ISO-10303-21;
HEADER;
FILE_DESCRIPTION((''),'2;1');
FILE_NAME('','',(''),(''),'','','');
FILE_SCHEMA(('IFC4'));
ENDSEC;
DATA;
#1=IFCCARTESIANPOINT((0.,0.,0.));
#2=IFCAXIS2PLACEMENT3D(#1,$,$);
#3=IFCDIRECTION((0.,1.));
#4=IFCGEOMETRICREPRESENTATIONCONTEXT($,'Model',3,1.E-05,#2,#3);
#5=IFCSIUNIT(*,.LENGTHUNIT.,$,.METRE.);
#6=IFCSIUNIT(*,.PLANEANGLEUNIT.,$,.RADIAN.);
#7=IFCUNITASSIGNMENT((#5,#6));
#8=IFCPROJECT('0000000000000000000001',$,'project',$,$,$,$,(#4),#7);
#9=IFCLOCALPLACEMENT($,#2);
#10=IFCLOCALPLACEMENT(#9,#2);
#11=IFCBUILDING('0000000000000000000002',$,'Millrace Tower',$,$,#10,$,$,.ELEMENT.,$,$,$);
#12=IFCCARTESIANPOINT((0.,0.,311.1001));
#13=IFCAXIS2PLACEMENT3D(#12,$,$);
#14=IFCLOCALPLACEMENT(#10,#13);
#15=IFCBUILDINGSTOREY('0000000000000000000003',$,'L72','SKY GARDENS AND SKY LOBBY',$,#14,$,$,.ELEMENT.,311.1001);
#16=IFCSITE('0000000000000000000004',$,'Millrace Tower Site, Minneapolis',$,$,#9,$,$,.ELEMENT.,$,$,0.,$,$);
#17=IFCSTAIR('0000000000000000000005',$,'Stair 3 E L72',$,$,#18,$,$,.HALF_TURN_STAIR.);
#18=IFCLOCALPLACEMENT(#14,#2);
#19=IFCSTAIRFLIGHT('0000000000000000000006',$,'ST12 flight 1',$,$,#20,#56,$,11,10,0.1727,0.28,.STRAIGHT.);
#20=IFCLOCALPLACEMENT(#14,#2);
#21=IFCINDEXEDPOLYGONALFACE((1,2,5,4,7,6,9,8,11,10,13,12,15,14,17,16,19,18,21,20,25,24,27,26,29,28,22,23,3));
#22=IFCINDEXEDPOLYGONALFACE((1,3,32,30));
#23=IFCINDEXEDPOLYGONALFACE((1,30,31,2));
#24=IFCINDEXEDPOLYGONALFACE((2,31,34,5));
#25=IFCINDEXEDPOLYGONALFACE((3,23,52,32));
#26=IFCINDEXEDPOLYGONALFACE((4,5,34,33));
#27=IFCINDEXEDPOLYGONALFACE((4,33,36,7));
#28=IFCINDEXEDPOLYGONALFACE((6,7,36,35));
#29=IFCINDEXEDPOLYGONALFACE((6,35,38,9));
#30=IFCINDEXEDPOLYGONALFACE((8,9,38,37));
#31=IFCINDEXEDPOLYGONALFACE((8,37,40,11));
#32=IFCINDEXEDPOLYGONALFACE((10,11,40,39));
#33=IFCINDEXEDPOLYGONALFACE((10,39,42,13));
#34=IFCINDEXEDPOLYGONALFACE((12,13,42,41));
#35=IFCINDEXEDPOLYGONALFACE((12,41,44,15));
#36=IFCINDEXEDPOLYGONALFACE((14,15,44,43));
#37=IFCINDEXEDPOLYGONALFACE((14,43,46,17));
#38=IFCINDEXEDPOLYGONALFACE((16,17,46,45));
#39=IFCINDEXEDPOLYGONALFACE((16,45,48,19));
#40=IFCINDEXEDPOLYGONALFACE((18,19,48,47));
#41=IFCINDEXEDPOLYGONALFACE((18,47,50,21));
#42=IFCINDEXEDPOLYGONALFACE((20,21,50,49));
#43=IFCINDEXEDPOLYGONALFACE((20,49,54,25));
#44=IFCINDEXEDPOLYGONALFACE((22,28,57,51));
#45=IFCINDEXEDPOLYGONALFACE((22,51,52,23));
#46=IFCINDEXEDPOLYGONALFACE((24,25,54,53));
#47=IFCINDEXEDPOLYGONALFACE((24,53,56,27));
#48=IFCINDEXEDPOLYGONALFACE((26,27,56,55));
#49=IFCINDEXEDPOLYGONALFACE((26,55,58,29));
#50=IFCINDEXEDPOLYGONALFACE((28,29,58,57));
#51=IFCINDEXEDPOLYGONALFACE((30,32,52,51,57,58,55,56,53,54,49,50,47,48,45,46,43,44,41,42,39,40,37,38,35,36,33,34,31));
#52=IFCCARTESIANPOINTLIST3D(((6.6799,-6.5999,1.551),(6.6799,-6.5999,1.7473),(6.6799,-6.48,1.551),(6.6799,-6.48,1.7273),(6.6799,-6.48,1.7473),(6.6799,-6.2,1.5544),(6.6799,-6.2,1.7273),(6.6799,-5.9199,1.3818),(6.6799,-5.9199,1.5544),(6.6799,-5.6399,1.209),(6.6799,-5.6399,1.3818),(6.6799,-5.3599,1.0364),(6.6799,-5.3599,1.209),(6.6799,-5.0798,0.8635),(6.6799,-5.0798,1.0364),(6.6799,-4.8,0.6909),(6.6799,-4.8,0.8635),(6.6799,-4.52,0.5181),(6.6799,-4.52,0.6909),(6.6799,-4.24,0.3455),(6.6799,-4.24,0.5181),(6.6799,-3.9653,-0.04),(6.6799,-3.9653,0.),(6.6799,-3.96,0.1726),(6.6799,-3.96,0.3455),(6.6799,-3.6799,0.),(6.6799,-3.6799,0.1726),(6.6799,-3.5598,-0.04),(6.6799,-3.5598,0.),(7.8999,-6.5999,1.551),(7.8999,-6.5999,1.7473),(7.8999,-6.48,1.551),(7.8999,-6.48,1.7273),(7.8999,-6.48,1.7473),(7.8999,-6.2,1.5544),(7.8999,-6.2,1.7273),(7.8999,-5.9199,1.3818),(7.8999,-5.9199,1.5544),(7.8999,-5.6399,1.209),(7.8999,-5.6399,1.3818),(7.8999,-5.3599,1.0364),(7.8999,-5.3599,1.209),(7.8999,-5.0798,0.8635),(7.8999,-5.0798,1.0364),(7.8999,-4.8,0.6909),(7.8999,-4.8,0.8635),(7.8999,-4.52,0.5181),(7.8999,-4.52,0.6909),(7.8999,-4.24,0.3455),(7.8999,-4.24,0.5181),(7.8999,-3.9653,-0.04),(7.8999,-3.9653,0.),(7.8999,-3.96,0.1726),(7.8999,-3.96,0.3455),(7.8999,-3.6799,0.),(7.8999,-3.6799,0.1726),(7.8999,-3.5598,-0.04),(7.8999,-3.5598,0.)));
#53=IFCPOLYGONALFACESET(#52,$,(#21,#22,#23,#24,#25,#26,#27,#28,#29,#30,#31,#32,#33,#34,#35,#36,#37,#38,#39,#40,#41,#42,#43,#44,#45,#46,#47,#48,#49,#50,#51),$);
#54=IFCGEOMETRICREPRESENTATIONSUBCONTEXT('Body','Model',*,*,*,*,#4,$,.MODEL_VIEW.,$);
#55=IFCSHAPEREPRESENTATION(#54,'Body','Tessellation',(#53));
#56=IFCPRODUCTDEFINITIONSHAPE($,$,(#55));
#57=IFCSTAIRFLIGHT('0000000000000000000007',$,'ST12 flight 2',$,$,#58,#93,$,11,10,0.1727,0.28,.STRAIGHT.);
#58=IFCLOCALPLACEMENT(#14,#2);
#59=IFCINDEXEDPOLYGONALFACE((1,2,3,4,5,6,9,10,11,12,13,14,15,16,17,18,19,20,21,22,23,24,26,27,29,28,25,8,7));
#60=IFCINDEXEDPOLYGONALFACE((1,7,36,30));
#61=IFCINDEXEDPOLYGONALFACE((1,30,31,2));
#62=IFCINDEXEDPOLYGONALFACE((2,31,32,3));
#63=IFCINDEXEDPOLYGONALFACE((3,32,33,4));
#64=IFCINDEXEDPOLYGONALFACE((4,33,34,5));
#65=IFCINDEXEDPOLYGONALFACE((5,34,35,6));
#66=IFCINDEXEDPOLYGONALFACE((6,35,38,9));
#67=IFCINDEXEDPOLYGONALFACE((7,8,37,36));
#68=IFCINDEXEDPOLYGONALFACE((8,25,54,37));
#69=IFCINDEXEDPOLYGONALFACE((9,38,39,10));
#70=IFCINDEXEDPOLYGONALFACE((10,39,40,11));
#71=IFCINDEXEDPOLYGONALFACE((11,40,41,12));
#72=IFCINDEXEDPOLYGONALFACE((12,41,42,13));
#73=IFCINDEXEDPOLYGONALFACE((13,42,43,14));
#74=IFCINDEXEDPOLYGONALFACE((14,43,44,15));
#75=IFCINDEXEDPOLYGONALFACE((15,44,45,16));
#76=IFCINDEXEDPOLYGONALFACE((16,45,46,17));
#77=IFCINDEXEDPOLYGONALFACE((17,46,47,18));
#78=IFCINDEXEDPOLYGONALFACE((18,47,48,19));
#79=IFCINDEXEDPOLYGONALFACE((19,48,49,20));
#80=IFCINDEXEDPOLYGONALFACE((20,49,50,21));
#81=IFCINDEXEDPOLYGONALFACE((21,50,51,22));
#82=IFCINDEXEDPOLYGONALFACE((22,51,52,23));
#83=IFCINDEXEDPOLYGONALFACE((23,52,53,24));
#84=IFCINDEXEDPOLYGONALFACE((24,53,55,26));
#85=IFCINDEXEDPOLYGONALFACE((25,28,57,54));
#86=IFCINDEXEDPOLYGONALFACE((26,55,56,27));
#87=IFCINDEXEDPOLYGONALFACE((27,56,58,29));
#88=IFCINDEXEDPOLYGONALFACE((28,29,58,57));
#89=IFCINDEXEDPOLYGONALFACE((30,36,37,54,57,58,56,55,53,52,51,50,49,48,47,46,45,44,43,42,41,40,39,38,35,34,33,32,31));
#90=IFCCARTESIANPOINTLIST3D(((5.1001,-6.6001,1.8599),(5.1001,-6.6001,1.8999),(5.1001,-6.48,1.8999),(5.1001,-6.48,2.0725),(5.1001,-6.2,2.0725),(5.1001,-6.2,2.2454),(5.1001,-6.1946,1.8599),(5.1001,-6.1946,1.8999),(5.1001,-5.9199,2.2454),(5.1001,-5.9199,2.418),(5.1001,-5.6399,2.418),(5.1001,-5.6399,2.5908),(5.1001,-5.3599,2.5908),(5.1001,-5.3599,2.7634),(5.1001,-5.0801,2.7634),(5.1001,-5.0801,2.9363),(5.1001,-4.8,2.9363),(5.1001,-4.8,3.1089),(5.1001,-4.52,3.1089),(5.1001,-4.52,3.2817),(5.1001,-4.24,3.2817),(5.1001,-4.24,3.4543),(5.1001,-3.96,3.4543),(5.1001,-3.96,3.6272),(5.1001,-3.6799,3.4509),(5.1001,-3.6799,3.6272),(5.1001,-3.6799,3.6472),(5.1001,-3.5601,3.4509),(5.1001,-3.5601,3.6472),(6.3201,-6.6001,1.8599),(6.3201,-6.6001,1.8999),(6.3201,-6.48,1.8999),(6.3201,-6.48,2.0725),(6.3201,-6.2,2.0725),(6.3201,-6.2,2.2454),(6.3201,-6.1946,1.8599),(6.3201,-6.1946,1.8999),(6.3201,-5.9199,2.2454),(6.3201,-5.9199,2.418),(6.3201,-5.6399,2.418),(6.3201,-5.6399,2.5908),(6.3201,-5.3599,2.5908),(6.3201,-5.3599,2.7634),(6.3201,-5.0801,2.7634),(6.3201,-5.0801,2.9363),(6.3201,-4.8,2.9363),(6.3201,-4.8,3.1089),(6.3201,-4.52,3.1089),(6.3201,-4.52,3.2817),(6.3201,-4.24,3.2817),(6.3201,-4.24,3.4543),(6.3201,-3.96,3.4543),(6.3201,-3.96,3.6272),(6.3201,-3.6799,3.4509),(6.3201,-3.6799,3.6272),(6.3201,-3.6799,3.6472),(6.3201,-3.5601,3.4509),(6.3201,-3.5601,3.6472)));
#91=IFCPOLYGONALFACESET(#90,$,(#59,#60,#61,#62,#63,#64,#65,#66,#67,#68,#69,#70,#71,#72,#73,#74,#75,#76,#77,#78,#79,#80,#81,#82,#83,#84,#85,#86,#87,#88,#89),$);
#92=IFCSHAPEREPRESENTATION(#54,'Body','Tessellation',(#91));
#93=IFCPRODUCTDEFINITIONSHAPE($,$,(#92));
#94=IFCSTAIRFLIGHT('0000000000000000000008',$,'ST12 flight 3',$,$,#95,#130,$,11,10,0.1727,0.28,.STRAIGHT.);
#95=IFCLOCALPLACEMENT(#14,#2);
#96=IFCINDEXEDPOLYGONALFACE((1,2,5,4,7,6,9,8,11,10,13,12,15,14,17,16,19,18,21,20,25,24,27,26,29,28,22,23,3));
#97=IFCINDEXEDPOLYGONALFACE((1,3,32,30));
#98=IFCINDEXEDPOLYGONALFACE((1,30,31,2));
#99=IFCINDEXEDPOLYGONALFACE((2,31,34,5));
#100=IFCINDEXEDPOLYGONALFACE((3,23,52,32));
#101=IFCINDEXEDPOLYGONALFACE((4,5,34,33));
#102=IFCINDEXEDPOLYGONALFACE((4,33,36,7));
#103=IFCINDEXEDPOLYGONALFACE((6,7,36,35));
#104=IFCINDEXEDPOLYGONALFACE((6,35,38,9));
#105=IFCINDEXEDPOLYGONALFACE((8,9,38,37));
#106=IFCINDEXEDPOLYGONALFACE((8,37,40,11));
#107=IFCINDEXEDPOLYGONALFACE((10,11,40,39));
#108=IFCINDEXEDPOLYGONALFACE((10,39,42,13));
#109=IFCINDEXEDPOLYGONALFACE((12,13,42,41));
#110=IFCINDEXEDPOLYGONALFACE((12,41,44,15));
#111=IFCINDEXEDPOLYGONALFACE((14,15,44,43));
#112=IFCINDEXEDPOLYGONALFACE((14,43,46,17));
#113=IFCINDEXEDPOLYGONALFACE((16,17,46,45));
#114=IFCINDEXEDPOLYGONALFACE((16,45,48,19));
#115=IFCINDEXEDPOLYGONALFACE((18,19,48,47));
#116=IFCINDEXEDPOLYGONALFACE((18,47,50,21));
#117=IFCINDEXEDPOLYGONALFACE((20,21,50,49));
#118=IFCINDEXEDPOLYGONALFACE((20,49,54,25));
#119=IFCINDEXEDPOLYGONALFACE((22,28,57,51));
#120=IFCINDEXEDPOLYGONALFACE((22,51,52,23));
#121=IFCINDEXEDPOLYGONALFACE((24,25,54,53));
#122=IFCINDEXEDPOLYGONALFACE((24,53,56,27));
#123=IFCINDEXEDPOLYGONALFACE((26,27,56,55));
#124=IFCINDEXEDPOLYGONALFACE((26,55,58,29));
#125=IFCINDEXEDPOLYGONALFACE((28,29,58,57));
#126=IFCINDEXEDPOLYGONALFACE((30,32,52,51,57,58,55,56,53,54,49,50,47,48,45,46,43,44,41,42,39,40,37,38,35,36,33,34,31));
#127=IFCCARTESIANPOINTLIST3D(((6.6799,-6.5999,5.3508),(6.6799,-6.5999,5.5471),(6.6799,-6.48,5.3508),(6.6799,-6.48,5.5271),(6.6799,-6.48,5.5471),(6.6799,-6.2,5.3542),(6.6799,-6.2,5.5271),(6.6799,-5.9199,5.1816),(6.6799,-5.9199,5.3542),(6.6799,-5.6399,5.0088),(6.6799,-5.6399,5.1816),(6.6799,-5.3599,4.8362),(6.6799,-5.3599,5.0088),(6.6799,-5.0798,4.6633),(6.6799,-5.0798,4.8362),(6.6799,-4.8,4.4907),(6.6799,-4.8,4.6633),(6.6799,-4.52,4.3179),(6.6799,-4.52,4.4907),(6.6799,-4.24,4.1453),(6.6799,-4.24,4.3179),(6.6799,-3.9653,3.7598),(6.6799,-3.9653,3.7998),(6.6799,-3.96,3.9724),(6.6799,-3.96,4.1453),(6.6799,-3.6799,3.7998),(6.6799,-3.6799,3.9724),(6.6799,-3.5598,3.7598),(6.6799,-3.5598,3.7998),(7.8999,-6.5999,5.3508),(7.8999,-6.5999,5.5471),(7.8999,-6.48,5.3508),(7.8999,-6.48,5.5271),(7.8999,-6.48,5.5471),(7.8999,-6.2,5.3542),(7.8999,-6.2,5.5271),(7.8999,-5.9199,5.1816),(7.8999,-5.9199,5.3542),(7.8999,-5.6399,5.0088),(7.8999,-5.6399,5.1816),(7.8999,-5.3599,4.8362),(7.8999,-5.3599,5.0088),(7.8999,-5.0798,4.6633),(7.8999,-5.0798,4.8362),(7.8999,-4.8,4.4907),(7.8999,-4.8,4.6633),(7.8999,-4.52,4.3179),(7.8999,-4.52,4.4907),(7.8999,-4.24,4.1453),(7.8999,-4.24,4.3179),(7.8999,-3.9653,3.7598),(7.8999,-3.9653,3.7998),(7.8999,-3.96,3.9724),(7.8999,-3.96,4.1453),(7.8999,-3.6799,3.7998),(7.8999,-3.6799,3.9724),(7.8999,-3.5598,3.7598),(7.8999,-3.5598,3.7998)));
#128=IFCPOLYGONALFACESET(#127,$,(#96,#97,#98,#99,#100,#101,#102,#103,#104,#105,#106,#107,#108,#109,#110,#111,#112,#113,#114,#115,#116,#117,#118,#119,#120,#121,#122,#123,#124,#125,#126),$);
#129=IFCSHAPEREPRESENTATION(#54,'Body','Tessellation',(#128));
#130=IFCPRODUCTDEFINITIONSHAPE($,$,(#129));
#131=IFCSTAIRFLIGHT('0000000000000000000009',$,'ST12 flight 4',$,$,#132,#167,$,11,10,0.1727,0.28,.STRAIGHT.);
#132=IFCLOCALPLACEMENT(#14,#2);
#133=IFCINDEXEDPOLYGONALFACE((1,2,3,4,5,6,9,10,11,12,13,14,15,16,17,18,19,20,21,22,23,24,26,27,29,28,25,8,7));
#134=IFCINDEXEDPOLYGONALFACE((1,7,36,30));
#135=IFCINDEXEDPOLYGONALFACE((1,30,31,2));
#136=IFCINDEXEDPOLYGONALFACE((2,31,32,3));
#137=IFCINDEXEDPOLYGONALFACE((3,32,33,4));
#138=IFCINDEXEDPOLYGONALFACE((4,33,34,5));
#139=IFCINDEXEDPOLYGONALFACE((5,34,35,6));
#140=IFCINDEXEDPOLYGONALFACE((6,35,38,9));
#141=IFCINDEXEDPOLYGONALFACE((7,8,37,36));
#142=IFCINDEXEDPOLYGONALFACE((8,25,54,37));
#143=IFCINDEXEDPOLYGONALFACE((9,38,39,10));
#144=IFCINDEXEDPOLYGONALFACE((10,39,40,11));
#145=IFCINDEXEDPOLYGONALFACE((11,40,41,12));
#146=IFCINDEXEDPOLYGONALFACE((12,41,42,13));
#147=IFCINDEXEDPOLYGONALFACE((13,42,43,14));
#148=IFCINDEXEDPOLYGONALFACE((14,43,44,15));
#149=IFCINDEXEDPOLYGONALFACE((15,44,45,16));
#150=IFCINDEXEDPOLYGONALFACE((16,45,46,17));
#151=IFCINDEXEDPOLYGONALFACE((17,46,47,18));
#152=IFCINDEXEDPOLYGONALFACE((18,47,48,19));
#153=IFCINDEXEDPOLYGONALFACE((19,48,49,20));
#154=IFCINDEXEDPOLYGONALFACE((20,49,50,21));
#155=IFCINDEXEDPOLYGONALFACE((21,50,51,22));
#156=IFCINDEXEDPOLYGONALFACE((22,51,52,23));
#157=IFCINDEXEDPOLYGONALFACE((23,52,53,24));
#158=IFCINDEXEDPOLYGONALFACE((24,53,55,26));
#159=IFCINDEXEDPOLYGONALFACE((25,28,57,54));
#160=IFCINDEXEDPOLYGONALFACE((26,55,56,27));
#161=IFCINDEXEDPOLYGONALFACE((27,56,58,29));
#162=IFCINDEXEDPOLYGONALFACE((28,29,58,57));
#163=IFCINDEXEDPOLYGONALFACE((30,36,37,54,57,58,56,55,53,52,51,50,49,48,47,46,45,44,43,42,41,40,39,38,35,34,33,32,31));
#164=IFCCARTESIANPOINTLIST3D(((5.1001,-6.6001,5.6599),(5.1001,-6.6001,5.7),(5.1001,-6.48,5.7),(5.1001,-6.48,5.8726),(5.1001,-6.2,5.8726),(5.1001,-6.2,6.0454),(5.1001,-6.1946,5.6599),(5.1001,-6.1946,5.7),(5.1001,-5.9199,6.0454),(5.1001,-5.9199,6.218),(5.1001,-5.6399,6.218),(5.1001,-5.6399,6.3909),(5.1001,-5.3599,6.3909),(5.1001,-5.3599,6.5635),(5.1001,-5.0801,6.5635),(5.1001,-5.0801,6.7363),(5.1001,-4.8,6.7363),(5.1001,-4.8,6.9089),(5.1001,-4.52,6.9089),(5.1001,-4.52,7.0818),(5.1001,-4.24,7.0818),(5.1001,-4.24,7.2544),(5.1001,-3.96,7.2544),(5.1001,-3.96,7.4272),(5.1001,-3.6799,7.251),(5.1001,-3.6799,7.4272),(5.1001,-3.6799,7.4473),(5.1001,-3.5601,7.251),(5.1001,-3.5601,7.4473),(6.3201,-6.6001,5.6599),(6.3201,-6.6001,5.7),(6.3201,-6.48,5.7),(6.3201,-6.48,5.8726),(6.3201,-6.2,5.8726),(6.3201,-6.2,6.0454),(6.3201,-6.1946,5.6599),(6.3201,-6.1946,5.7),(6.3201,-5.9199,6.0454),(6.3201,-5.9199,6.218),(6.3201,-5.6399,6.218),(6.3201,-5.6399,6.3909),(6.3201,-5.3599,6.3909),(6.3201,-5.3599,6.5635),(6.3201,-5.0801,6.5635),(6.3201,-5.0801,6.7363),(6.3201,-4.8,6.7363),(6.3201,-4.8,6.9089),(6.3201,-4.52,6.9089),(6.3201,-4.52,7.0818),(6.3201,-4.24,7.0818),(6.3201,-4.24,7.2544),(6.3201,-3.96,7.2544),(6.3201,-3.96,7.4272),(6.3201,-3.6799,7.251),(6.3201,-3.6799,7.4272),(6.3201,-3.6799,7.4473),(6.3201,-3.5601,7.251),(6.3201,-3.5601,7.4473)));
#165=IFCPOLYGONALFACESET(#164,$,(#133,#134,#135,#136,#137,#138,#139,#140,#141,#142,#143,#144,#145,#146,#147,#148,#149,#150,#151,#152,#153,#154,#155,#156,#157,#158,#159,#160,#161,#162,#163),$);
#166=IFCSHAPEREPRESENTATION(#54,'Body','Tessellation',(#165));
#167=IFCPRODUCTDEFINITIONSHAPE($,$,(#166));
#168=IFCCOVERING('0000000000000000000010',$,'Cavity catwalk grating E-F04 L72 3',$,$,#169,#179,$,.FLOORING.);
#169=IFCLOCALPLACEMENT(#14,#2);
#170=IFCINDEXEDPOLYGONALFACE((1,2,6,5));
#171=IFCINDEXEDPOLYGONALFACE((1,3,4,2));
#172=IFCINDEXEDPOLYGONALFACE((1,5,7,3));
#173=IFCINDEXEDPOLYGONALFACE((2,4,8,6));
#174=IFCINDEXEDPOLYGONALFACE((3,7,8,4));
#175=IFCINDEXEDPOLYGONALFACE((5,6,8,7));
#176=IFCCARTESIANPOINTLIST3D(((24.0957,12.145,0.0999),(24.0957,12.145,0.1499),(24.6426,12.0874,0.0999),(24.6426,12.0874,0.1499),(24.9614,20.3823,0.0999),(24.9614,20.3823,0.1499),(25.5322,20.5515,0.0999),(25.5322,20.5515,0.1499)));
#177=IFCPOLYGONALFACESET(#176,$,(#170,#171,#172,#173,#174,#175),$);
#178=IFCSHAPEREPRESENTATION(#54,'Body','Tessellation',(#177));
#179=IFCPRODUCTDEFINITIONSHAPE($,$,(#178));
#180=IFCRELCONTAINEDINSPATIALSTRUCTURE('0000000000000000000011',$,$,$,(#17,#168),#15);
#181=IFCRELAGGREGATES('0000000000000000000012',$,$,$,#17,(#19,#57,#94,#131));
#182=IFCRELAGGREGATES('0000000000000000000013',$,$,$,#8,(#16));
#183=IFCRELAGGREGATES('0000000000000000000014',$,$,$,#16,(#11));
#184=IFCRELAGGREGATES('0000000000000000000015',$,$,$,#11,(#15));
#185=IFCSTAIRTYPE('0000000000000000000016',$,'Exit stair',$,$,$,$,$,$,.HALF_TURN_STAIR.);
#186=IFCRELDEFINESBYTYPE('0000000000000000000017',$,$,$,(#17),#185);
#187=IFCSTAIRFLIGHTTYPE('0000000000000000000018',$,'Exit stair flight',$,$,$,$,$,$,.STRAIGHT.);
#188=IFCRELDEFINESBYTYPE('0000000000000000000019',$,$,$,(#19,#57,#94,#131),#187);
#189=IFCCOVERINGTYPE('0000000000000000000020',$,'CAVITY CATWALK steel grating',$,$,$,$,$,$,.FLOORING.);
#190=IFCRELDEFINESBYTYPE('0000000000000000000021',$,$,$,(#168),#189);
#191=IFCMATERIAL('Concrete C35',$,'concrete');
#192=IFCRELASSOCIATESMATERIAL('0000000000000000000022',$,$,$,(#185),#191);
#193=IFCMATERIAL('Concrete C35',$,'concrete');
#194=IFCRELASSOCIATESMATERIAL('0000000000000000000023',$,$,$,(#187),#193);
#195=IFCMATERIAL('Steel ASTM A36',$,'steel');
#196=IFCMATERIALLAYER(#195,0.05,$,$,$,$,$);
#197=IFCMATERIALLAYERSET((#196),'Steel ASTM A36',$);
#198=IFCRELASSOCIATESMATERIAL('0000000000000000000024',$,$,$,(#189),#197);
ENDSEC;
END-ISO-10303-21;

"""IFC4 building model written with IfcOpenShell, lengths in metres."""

from ifc_helpers import new_model, si_unit, direction, frame, origin, place, context, subcontext, project, spatial, polyline, outline, extrude, material, layer, layer_set, type_object, element, aggregate, save


model = new_model("IFC4")

# Units and contexts
model_context = context("Model", 3, precision=1e-05, world=origin(), true_north=direction((0.0, 1.0)))
body_context = subcontext(model_context, "Body", "Model", "MODEL_VIEW")
ifc_project = project(units=[si_unit("LENGTHUNIT", "METRE"), si_unit("PLANEANGLEUNIT", "RADIAN")], contexts=[model_context])

# Site, building, storey
site_placement = place(None, origin())
site = spatial("IfcSite", under=ifc_project, at=site_placement, Name="Millrace Tower Site, Minneapolis", CompositionType="ELEMENT", RefElevation=0.0)
building_placement = place(site_placement, origin())
building = spatial("IfcBuilding", under=site, at=building_placement, Name="Millrace Tower", CompositionType="ELEMENT")
storey_placement = place(building_placement, frame((0.0, 0.0, 311.1001)))
storey = spatial("IfcBuildingStorey", under=building, at=storey_placement, Name="L72", Description="SKY GARDENS AND SKY LOBBY", CompositionType="ELEMENT", Elevation=311.1001)

# Shared definitions
placement_1 = place(storey_placement, origin())

# Stair, stair flights
ifc_material_1 = material(Name="Concrete C35", Category="concrete")
stair_type = type_object("IfcStairType", Name="Exit stair", PredefinedType="HALF_TURN_STAIR", material=ifc_material_1)
ifc_material_2 = material(Name="Concrete C35", Category="concrete")
stair_flight_type = type_object("IfcStairFlightType", Name="Exit stair flight", PredefinedType="STRAIGHT", material=ifc_material_2)
stair_1 = element("IfcStair", 1, at=placement_1, inside=storey, type_object=stair_type, Name="Stair 3 E L72", PredefinedType="HALF_TURN_STAIR")
stair_flight_1_placement = place(storey_placement, frame((7.29, -3.6799, 0.0), z_axis=(0.0, 0.0, 1.0), x_axis=(0.0, -1.0, 0.0)))
stair_flight_1 = element("IfcStairFlight", 2, at=stair_flight_1_placement, type_object=stair_flight_type, Name="ST12 flight 1", NumberOfRisers=11, NumberOfTreads=10, PredefinedType="STRAIGHT", RiserHeight=0.1727, TreadLength=0.28, context=body_context, shape_type="SweptSolid", body=[
    extrude(outline(polyline([(-0.1201, -0.04), (-0.1201, 0.0), (0.0, 0.0), (0.0, 0.1726), (0.28, 0.1726), (0.28, 0.3455), (0.5601, 0.3455), (0.5601, 0.5181), (0.8401, 0.5181), (0.8401, 0.6909), (1.1201, 0.6909), (1.1201, 0.8635), (1.3999, 0.8635), (1.3999, 1.0364), (1.6799, 1.0364), (1.6799, 1.209), (1.96, 1.209), (1.96, 1.3818), (2.24, 1.3818), (2.24, 1.5544), (2.52, 1.5544), (2.52, 1.7273), (2.8, 1.7273), (2.8, 1.7473), (2.9199, 1.7473), (2.9199, 1.551), (2.8, 1.551), (0.2854, 0.0), (0.2854, -0.04), (-0.1201, -0.04)])), frame((0.0, 0.6099, 0.0), z_axis=(0.0, -1.0, 0.0), x_axis=(1.0, 0.0, 0.0)), (0.0, 0.0, 1.0), 1.22),
])
stair_flight_2_placement = place(storey_placement, frame((5.71, -6.48, 1.8999), z_axis=(0.0, 0.0, 1.0), x_axis=(0.0, 1.0, 0.0)))
stair_flight_2 = element("IfcStairFlight", 3, at=stair_flight_2_placement, type_object=stair_flight_type, Name="ST12 flight 2", NumberOfRisers=11, NumberOfTreads=10, PredefinedType="STRAIGHT", RiserHeight=0.1727, TreadLength=0.28, context=body_context, shape_type="SweptSolid", body=[
    extrude(outline(polyline([(-0.1201, -0.04), (-0.1201, 0.0), (0.0, 0.0), (0.0, 0.1726), (0.28, 0.1726), (0.28, 0.3455), (0.5601, 0.3455), (0.5601, 0.5181), (0.8401, 0.5181), (0.8401, 0.6909), (1.1201, 0.6909), (1.1201, 0.8635), (1.3999, 0.8635), (1.3999, 1.0364), (1.6799, 1.0364), (1.6799, 1.209), (1.96, 1.209), (1.96, 1.3818), (2.24, 1.3818), (2.24, 1.5544), (2.52, 1.5544), (2.52, 1.7273), (2.8, 1.7273), (2.8, 1.7473), (2.9199, 1.7473), (2.9199, 1.551), (2.8, 1.551), (0.2854, 0.0), (0.2854, -0.04), (-0.1201, -0.04)])), frame((0.0, 0.6099, 0.0), z_axis=(0.0, -1.0, 0.0), x_axis=(1.0, 0.0, 0.0)), (0.0, 0.0, 1.0), 1.22),
])
stair_flight_3_placement = place(storey_placement, frame((7.29, -3.6799, 3.7998), z_axis=(0.0, 0.0, 1.0), x_axis=(0.0, -1.0, 0.0)))
stair_flight_3 = element("IfcStairFlight", 4, at=stair_flight_3_placement, type_object=stair_flight_type, Name="ST12 flight 3", NumberOfRisers=11, NumberOfTreads=10, PredefinedType="STRAIGHT", RiserHeight=0.1727, TreadLength=0.28, context=body_context, shape_type="SweptSolid", body=[
    extrude(outline(polyline([(-0.1201, -0.04), (-0.1201, 0.0), (0.0, 0.0), (0.0, 0.1726), (0.28, 0.1726), (0.28, 0.3455), (0.5601, 0.3455), (0.5601, 0.5181), (0.8401, 0.5181), (0.8401, 0.6909), (1.1201, 0.6909), (1.1201, 0.8635), (1.3999, 0.8635), (1.3999, 1.0364), (1.6799, 1.0364), (1.6799, 1.209), (1.96, 1.209), (1.96, 1.3818), (2.24, 1.3818), (2.24, 1.5544), (2.52, 1.5544), (2.52, 1.7273), (2.8, 1.7273), (2.8, 1.7473), (2.9199, 1.7473), (2.9199, 1.551), (2.8, 1.551), (0.2854, 0.0), (0.2854, -0.04), (-0.1201, -0.04)])), frame((0.0, 0.6099, 0.0), z_axis=(0.0, -1.0, 0.0), x_axis=(1.0, 0.0, 0.0)), (0.0, 0.0, 1.0), 1.22),
])
stair_flight_4_placement = place(storey_placement, frame((5.71, -6.48, 5.7), z_axis=(0.0, 0.0, 1.0), x_axis=(0.0, 1.0, 0.0)))
stair_flight_4 = element("IfcStairFlight", 5, at=stair_flight_4_placement, type_object=stair_flight_type, Name="ST12 flight 4", NumberOfRisers=11, NumberOfTreads=10, PredefinedType="STRAIGHT", RiserHeight=0.1727, TreadLength=0.28, context=body_context, shape_type="SweptSolid", body=[
    extrude(outline(polyline([(-0.1201, -0.04), (-0.1201, 0.0), (0.0, 0.0), (0.0, 0.1726), (0.28, 0.1726), (0.28, 0.3455), (0.5601, 0.3455), (0.5601, 0.5181), (0.8401, 0.5181), (0.8401, 0.6909), (1.1201, 0.6909), (1.1201, 0.8635), (1.3999, 0.8635), (1.3999, 1.0364), (1.6799, 1.0364), (1.6799, 1.209), (1.96, 1.209), (1.96, 1.3818), (2.24, 1.3818), (2.24, 1.5544), (2.52, 1.5544), (2.52, 1.7273), (2.8, 1.7273), (2.8, 1.7473), (2.9199, 1.7473), (2.9199, 1.551), (2.8, 1.551), (0.2854, 0.0), (0.2854, -0.04), (-0.1201, -0.04)])), frame((0.0, 0.6099, 0.0), z_axis=(0.0, -1.0, 0.0), x_axis=(1.0, 0.0, 0.0)), (0.0, 0.0, 1.0), 1.22),
])
aggregate(stair_1, [stair_flight_1, stair_flight_2, stair_flight_3, stair_flight_4])

# Covering
ifc_material_3 = material(Name="Steel ASTM A36", Category="steel")
ifc_layer_1 = layer(ifc_material_3, 0.05)
ifc_layer_set_1 = layer_set([ifc_layer_1], Name="Steel ASTM A36")
covering_type = type_object("IfcCoveringType", Name="CAVITY CATWALK steel grating", PredefinedType="FLOORING", material=ifc_layer_set_1)
placement_2 = place(storey_placement, frame((0.0, 0.0, 0.0999)))
element("IfcCovering", 6, at=placement_2, inside=storey, type_object=covering_type, Name="Cavity catwalk grating E-F04 L72 3", PredefinedType="FLOORING", context=body_context, shape_type="SweptSolid", body=[
    extrude(outline(polyline([(24.6426, 12.0874), (25.5322, 20.5515), (24.9614, 20.3823), (24.0957, 12.145), (24.6426, 12.0874)])), origin(), (0.0, 0.0, 1.0), 0.05),
])

save(model, "model.ifc")
